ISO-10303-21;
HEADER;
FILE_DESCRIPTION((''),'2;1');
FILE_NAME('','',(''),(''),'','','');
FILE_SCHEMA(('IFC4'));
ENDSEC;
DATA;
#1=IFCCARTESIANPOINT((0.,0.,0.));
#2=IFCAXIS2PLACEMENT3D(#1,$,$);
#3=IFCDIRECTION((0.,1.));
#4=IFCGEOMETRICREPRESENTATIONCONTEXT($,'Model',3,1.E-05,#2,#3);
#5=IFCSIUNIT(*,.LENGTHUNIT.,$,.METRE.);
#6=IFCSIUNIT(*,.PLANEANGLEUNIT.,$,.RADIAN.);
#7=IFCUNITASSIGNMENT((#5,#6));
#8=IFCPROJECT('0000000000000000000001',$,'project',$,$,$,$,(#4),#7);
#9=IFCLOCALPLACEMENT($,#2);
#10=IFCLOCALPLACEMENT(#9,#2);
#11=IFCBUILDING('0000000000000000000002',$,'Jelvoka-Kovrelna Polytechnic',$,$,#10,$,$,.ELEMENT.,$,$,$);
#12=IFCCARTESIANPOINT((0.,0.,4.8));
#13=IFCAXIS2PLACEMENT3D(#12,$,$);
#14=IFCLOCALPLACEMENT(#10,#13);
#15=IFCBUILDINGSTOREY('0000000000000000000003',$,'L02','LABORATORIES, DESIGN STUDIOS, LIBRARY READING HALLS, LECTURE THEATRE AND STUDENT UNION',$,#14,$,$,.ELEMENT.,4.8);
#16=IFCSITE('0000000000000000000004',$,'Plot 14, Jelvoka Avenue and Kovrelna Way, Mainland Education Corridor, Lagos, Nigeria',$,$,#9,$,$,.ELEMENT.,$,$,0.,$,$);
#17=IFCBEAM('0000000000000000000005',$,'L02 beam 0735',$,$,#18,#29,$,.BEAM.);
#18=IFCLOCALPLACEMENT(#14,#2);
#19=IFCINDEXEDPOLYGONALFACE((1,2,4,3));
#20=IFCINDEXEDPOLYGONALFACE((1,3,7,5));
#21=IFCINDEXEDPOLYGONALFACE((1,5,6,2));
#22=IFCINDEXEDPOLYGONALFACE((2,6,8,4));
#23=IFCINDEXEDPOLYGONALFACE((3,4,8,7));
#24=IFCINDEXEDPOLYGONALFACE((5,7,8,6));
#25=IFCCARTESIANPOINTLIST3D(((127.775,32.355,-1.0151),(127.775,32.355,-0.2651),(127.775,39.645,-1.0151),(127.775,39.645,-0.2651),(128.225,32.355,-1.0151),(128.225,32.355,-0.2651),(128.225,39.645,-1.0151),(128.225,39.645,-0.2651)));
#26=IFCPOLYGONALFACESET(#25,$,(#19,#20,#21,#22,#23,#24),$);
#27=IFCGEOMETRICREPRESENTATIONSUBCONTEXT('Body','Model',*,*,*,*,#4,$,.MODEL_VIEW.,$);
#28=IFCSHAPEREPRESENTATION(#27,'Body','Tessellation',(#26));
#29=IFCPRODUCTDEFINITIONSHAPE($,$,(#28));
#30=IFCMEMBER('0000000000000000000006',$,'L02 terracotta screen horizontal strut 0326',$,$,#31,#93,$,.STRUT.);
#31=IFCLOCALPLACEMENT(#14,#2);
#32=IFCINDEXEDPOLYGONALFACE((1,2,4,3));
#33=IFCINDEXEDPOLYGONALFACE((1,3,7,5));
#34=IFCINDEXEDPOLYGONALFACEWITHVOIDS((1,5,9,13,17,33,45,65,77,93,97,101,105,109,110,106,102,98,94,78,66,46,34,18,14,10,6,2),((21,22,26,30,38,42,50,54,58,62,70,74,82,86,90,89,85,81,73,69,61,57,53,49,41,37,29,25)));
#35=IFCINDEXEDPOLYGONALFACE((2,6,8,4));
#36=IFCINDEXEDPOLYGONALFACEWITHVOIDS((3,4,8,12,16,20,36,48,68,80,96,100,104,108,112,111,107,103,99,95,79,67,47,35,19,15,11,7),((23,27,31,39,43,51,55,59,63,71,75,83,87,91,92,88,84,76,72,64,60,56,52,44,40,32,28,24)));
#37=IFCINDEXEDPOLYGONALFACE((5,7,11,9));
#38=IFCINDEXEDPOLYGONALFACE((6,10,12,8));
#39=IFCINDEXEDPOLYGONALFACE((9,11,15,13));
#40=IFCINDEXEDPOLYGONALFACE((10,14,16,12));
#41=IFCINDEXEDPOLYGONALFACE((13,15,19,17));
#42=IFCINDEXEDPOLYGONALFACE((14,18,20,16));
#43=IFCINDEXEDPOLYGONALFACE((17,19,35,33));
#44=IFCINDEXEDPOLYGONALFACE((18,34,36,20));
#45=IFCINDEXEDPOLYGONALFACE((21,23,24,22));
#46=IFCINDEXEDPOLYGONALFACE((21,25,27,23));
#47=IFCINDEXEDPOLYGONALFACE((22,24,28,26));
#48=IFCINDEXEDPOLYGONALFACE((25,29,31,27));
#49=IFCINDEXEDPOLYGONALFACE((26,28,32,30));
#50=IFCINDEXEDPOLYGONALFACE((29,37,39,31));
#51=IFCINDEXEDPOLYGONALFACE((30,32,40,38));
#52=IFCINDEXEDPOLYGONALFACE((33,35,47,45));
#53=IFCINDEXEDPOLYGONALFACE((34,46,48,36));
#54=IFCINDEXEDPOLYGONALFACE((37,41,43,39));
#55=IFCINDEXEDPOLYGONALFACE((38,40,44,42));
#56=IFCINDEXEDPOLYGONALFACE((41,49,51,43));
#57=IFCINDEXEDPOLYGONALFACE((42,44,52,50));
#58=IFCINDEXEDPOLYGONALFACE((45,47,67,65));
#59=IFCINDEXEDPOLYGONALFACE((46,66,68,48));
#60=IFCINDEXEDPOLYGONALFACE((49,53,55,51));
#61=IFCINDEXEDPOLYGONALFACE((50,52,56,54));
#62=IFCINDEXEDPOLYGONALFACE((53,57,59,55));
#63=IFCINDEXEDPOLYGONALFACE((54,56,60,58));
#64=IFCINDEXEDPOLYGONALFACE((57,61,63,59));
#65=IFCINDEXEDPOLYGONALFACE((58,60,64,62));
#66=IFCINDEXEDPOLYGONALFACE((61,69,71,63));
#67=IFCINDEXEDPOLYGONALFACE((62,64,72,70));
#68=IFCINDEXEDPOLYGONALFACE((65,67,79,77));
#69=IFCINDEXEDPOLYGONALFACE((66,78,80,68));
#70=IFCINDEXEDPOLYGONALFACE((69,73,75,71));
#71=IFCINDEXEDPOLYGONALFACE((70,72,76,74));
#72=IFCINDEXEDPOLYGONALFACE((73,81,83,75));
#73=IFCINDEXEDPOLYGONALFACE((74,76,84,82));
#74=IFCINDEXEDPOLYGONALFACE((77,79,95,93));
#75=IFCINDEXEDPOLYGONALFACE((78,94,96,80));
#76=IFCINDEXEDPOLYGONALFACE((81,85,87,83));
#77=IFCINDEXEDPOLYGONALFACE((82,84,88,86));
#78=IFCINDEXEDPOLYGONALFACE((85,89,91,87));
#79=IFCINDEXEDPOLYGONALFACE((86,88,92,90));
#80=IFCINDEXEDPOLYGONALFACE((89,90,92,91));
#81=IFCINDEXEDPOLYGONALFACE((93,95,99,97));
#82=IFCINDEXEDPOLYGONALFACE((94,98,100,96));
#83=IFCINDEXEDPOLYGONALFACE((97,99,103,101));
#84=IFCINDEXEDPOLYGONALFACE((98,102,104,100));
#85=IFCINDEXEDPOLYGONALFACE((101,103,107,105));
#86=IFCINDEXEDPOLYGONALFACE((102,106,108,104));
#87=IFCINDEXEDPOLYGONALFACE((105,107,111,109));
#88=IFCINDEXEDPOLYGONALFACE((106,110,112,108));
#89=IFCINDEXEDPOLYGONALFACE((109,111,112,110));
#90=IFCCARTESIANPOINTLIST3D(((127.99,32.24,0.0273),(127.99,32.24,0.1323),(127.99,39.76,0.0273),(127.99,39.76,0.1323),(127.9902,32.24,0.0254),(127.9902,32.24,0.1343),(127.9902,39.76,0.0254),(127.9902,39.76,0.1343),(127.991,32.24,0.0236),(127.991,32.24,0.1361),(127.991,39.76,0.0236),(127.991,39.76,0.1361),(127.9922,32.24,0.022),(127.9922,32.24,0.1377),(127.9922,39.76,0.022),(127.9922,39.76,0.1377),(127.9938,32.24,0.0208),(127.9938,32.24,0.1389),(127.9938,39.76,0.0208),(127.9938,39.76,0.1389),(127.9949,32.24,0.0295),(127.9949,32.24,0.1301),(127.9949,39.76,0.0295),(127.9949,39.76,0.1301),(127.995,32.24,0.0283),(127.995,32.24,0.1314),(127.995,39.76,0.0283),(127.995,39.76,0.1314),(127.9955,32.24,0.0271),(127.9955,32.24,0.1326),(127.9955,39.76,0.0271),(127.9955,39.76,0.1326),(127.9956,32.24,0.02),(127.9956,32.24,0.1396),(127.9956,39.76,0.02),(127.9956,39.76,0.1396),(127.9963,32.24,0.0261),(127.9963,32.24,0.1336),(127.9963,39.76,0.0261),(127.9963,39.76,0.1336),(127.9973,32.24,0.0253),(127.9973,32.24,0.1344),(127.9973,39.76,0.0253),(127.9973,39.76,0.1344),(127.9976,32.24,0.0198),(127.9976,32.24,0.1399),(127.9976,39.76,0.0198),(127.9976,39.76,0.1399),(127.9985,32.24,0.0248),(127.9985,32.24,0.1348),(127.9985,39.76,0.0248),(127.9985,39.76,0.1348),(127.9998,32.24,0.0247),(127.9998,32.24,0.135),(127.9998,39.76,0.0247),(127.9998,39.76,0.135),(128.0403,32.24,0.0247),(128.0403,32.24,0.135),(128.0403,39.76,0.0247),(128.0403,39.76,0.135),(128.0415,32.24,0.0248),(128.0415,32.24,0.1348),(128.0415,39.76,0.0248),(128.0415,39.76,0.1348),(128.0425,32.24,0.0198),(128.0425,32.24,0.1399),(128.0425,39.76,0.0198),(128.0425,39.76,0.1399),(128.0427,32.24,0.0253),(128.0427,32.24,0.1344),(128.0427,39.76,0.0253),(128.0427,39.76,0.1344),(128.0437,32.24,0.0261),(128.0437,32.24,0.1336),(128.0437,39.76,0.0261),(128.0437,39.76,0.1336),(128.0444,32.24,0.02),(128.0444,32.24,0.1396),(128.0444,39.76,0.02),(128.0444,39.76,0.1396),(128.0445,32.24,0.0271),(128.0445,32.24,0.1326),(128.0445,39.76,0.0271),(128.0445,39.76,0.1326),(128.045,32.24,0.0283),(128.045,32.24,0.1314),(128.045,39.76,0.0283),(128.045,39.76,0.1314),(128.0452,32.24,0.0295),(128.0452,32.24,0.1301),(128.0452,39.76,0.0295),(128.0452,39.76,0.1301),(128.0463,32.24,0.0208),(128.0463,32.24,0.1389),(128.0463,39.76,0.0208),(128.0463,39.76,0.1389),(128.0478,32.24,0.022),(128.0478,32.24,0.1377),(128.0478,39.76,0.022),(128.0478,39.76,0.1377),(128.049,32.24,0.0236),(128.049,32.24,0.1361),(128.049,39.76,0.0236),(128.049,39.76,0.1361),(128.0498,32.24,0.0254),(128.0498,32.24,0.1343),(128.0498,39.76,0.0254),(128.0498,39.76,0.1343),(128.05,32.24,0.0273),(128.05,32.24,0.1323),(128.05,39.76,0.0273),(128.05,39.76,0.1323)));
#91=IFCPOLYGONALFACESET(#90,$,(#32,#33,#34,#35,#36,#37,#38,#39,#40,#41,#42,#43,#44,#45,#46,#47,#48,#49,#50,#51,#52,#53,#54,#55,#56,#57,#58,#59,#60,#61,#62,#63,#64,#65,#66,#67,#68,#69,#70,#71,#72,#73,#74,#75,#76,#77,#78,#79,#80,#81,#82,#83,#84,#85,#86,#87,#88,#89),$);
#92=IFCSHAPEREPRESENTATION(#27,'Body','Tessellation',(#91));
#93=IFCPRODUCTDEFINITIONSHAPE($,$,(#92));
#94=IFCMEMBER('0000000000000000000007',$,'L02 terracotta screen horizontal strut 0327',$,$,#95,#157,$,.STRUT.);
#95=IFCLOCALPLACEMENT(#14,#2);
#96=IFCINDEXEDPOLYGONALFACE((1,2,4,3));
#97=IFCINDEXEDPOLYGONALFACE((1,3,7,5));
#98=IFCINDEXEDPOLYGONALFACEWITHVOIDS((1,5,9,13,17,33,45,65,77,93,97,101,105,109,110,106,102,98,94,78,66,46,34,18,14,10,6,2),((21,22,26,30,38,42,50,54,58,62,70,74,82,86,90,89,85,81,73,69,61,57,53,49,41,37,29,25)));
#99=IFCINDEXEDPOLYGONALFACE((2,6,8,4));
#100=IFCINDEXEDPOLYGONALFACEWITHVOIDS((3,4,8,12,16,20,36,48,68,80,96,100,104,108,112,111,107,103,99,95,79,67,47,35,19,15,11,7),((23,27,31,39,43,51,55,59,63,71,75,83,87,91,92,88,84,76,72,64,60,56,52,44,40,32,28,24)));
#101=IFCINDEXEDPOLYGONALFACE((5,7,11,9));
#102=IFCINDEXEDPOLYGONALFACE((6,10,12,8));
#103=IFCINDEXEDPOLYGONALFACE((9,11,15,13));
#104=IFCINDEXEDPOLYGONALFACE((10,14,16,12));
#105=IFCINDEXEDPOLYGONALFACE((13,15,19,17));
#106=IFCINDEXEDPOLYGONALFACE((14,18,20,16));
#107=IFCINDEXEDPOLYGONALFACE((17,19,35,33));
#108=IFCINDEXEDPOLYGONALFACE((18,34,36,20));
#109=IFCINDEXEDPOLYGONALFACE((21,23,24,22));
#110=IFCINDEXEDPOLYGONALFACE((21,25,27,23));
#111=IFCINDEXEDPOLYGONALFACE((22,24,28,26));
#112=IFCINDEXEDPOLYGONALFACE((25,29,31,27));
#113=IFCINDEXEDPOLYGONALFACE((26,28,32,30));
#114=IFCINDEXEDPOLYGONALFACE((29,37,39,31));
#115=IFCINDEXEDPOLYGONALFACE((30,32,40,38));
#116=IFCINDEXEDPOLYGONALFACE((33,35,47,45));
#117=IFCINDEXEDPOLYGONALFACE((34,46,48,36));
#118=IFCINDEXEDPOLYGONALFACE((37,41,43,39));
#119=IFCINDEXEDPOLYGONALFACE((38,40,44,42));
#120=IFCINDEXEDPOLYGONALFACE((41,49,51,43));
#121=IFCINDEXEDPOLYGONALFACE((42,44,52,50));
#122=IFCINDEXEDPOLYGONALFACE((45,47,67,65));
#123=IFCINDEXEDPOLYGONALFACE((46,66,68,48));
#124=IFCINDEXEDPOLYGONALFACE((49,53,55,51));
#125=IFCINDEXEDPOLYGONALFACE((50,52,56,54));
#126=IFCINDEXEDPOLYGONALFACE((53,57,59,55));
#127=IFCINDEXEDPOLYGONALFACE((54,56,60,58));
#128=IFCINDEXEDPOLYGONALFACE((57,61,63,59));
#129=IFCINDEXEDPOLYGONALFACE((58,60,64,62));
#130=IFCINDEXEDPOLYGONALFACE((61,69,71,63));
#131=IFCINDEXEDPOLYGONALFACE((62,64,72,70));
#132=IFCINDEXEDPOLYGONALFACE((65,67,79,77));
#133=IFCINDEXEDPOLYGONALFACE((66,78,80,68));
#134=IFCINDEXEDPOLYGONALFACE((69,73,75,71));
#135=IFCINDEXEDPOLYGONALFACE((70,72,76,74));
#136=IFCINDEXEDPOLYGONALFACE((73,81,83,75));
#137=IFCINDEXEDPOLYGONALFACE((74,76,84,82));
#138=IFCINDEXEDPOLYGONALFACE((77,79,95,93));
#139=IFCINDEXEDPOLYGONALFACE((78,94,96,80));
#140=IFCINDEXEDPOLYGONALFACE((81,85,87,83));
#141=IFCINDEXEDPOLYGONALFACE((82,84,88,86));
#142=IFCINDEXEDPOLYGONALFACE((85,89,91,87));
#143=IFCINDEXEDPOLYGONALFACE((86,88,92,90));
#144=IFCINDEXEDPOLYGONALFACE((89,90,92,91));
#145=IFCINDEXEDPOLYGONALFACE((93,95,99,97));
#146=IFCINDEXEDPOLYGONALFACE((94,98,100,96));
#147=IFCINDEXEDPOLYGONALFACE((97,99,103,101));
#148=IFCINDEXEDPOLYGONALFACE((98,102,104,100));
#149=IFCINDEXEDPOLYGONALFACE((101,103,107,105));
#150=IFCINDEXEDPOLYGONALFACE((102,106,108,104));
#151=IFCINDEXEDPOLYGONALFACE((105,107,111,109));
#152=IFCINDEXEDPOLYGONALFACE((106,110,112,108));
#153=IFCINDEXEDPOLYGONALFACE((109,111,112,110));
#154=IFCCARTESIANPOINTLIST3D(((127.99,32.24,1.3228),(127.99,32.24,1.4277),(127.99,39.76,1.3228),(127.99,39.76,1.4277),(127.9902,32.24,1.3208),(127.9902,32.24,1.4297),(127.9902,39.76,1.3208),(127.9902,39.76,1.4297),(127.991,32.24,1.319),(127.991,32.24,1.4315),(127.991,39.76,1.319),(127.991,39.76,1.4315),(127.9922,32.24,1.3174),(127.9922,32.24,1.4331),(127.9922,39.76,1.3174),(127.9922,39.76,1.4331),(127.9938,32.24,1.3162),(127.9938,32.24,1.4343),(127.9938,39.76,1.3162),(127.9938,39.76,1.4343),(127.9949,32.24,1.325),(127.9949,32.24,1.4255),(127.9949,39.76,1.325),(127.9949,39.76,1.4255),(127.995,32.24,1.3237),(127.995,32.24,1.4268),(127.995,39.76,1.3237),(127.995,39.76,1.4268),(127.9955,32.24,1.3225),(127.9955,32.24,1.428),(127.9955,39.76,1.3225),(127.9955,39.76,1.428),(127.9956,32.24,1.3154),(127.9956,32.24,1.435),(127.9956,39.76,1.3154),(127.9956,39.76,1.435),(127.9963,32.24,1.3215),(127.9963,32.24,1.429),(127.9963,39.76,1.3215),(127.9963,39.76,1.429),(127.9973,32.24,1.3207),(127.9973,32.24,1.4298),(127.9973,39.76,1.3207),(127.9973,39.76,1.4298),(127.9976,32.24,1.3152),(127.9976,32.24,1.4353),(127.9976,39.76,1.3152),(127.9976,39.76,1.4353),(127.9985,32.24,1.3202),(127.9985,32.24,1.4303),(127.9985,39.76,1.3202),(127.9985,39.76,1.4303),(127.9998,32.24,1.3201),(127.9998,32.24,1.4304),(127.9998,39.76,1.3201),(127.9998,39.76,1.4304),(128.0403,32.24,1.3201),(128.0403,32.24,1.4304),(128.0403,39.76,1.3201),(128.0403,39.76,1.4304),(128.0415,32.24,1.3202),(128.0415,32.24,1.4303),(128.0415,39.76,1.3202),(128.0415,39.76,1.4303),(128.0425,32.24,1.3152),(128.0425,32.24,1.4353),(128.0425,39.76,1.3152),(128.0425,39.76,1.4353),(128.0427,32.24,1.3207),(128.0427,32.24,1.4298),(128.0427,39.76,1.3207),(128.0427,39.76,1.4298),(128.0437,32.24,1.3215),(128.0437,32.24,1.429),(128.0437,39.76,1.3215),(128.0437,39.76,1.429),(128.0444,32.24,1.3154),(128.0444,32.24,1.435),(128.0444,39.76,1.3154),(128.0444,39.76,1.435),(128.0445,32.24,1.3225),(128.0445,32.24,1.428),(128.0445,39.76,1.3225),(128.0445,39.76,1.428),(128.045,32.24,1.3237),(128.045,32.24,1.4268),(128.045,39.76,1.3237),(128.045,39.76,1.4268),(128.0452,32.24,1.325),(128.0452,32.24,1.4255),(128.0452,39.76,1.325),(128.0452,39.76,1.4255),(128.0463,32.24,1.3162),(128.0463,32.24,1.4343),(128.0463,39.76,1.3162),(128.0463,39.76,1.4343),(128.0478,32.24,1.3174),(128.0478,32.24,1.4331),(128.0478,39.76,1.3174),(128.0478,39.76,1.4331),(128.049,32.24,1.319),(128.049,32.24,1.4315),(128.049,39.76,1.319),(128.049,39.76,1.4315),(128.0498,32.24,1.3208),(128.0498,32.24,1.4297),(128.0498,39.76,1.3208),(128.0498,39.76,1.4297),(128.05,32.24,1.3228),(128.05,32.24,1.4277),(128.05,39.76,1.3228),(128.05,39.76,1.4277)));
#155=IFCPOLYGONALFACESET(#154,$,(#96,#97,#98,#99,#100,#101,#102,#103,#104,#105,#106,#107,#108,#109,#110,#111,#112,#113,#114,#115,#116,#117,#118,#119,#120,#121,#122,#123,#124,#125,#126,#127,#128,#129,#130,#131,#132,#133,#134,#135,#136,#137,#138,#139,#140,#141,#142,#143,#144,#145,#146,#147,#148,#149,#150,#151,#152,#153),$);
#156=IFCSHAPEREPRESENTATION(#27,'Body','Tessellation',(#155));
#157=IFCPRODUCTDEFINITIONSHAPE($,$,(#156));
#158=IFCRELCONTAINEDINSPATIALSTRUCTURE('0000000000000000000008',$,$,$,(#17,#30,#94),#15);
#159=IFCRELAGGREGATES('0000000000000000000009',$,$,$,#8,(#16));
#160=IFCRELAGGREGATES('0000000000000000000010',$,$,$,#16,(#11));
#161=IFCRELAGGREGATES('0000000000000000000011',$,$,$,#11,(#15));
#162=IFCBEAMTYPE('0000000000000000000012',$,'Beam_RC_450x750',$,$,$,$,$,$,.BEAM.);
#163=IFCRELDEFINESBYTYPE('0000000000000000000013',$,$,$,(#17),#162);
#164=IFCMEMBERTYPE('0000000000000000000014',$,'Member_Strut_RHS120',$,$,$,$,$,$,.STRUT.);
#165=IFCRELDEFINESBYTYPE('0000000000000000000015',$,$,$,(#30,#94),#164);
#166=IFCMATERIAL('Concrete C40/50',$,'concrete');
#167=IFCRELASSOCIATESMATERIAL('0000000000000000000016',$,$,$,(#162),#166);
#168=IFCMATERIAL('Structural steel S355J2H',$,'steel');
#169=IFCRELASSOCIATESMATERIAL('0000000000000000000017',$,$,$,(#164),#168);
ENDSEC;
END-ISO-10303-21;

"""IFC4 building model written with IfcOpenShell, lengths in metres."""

from ifc_helpers import new_model, si_unit, direction, frame, origin, origin_2d, place, context, subcontext, project, spatial, rectangle, hollow_rectangle, extrude, material, material_profile, profile_set, type_object, element, save


model = new_model("IFC4")

# Units and contexts
model_context = context("Model", 3, precision=1e-05, world=origin(), true_north=direction((0.0, 1.0)))
body_context = subcontext(model_context, "Body", "Model", "MODEL_VIEW")
ifc_project = project(units=[si_unit("LENGTHUNIT", "METRE"), si_unit("PLANEANGLEUNIT", "RADIAN")], contexts=[model_context])

# Site, building, storey
site_placement = place(None, origin())
site = spatial("IfcSite", under=ifc_project, at=site_placement, Name="Plot 14, Jelvoka Avenue and Kovrelna Way, Mainland Education Corridor, Lagos, Nigeria", CompositionType="ELEMENT", RefElevation=0.0)
building_placement = place(site_placement, origin())
building = spatial("IfcBuilding", under=site, at=building_placement, Name="Jelvoka-Kovrelna Polytechnic", CompositionType="ELEMENT")
storey_placement = place(building_placement, frame((0.0, 0.0, 4.8)))
storey = spatial("IfcBuildingStorey", under=building, at=storey_placement, Name="L02", Description="LABORATORIES, DESIGN STUDIOS, LIBRARY READING HALLS, LECTURE THEATRE AND STUDENT UNION", CompositionType="ELEMENT", Elevation=4.8)

# Beam
ifc_material_1 = material(Name="Concrete C40/50", Category="concrete")
ifc_material_profile_1 = material_profile(ifc_material_1, rectangle(XDim=0.45, YDim=0.75, at=origin_2d()), Name="RC 450x750")
ifc_profile_set_1 = profile_set([ifc_material_profile_1], Name="Concrete C40/50")
beam_type = type_object("IfcBeamType", Name="Beam_RC_450x750", PredefinedType="BEAM", material=ifc_profile_set_1)
beam_placement = place(storey_placement, frame((128.0, 32.355, -0.6401), z_axis=(0.0, 1.0, 0.0), x_axis=(-1.0, 0.0, 0.0)))
element("IfcBeam", 1, at=beam_placement, inside=storey, type_object=beam_type, Name="L02 beam 0735", PredefinedType="BEAM", context=body_context, shape_type="SweptSolid", body=[
    extrude(rectangle(XDim=0.45, YDim=0.75, at=origin_2d()), origin(), (0.0, 0.0, 1.0), 7.29),
])

# Members
ifc_material_2 = material(Name="Structural steel S355J2H", Category="steel")
ifc_material_profile_2 = material_profile(ifc_material_2, hollow_rectangle(XDim=0.0601, YDim=0.1201, WallThickness=0.0049, InnerFilletRadius=0.0049, OuterFilletRadius=0.0076, at=origin_2d()), Name="120x60x5.0 RHS")
ifc_profile_set_2 = profile_set([ifc_material_profile_2], Name="Structural steel S355J2H")
member_type_1 = type_object("IfcMemberType", Name="Member_Strut_RHS120", PredefinedType="STRUT", material=ifc_profile_set_2)
for number, where, z_axis, x_axis, name in (
    (2, (128.02, 32.24, 0.0798), (0.0, 1.0, 0.0), (-1.0, 0.0, 0.0), "L02 terracotta screen horizontal strut 0326"),
    (3, (128.02, 32.24, 1.3752), (0.0, 1.0, 0.0), (-1.0, 0.0, 0.0), "L02 terracotta screen horizontal strut 0327"),
):
    element("IfcMember", number, at=place(storey_placement, frame(where, z_axis=z_axis, x_axis=x_axis)), inside=storey, type_object=member_type_1, Name=name, PredefinedType="STRUT", context=body_context, shape_type="SweptSolid", body=[
        extrude(hollow_rectangle(XDim=0.0601, YDim=0.1201, WallThickness=0.0049, InnerFilletRadius=0.0049, OuterFilletRadius=0.0076, at=origin_2d()), origin(), (0.0, 0.0, 1.0), 7.52),
    ])

save(model, "model.ifc")
